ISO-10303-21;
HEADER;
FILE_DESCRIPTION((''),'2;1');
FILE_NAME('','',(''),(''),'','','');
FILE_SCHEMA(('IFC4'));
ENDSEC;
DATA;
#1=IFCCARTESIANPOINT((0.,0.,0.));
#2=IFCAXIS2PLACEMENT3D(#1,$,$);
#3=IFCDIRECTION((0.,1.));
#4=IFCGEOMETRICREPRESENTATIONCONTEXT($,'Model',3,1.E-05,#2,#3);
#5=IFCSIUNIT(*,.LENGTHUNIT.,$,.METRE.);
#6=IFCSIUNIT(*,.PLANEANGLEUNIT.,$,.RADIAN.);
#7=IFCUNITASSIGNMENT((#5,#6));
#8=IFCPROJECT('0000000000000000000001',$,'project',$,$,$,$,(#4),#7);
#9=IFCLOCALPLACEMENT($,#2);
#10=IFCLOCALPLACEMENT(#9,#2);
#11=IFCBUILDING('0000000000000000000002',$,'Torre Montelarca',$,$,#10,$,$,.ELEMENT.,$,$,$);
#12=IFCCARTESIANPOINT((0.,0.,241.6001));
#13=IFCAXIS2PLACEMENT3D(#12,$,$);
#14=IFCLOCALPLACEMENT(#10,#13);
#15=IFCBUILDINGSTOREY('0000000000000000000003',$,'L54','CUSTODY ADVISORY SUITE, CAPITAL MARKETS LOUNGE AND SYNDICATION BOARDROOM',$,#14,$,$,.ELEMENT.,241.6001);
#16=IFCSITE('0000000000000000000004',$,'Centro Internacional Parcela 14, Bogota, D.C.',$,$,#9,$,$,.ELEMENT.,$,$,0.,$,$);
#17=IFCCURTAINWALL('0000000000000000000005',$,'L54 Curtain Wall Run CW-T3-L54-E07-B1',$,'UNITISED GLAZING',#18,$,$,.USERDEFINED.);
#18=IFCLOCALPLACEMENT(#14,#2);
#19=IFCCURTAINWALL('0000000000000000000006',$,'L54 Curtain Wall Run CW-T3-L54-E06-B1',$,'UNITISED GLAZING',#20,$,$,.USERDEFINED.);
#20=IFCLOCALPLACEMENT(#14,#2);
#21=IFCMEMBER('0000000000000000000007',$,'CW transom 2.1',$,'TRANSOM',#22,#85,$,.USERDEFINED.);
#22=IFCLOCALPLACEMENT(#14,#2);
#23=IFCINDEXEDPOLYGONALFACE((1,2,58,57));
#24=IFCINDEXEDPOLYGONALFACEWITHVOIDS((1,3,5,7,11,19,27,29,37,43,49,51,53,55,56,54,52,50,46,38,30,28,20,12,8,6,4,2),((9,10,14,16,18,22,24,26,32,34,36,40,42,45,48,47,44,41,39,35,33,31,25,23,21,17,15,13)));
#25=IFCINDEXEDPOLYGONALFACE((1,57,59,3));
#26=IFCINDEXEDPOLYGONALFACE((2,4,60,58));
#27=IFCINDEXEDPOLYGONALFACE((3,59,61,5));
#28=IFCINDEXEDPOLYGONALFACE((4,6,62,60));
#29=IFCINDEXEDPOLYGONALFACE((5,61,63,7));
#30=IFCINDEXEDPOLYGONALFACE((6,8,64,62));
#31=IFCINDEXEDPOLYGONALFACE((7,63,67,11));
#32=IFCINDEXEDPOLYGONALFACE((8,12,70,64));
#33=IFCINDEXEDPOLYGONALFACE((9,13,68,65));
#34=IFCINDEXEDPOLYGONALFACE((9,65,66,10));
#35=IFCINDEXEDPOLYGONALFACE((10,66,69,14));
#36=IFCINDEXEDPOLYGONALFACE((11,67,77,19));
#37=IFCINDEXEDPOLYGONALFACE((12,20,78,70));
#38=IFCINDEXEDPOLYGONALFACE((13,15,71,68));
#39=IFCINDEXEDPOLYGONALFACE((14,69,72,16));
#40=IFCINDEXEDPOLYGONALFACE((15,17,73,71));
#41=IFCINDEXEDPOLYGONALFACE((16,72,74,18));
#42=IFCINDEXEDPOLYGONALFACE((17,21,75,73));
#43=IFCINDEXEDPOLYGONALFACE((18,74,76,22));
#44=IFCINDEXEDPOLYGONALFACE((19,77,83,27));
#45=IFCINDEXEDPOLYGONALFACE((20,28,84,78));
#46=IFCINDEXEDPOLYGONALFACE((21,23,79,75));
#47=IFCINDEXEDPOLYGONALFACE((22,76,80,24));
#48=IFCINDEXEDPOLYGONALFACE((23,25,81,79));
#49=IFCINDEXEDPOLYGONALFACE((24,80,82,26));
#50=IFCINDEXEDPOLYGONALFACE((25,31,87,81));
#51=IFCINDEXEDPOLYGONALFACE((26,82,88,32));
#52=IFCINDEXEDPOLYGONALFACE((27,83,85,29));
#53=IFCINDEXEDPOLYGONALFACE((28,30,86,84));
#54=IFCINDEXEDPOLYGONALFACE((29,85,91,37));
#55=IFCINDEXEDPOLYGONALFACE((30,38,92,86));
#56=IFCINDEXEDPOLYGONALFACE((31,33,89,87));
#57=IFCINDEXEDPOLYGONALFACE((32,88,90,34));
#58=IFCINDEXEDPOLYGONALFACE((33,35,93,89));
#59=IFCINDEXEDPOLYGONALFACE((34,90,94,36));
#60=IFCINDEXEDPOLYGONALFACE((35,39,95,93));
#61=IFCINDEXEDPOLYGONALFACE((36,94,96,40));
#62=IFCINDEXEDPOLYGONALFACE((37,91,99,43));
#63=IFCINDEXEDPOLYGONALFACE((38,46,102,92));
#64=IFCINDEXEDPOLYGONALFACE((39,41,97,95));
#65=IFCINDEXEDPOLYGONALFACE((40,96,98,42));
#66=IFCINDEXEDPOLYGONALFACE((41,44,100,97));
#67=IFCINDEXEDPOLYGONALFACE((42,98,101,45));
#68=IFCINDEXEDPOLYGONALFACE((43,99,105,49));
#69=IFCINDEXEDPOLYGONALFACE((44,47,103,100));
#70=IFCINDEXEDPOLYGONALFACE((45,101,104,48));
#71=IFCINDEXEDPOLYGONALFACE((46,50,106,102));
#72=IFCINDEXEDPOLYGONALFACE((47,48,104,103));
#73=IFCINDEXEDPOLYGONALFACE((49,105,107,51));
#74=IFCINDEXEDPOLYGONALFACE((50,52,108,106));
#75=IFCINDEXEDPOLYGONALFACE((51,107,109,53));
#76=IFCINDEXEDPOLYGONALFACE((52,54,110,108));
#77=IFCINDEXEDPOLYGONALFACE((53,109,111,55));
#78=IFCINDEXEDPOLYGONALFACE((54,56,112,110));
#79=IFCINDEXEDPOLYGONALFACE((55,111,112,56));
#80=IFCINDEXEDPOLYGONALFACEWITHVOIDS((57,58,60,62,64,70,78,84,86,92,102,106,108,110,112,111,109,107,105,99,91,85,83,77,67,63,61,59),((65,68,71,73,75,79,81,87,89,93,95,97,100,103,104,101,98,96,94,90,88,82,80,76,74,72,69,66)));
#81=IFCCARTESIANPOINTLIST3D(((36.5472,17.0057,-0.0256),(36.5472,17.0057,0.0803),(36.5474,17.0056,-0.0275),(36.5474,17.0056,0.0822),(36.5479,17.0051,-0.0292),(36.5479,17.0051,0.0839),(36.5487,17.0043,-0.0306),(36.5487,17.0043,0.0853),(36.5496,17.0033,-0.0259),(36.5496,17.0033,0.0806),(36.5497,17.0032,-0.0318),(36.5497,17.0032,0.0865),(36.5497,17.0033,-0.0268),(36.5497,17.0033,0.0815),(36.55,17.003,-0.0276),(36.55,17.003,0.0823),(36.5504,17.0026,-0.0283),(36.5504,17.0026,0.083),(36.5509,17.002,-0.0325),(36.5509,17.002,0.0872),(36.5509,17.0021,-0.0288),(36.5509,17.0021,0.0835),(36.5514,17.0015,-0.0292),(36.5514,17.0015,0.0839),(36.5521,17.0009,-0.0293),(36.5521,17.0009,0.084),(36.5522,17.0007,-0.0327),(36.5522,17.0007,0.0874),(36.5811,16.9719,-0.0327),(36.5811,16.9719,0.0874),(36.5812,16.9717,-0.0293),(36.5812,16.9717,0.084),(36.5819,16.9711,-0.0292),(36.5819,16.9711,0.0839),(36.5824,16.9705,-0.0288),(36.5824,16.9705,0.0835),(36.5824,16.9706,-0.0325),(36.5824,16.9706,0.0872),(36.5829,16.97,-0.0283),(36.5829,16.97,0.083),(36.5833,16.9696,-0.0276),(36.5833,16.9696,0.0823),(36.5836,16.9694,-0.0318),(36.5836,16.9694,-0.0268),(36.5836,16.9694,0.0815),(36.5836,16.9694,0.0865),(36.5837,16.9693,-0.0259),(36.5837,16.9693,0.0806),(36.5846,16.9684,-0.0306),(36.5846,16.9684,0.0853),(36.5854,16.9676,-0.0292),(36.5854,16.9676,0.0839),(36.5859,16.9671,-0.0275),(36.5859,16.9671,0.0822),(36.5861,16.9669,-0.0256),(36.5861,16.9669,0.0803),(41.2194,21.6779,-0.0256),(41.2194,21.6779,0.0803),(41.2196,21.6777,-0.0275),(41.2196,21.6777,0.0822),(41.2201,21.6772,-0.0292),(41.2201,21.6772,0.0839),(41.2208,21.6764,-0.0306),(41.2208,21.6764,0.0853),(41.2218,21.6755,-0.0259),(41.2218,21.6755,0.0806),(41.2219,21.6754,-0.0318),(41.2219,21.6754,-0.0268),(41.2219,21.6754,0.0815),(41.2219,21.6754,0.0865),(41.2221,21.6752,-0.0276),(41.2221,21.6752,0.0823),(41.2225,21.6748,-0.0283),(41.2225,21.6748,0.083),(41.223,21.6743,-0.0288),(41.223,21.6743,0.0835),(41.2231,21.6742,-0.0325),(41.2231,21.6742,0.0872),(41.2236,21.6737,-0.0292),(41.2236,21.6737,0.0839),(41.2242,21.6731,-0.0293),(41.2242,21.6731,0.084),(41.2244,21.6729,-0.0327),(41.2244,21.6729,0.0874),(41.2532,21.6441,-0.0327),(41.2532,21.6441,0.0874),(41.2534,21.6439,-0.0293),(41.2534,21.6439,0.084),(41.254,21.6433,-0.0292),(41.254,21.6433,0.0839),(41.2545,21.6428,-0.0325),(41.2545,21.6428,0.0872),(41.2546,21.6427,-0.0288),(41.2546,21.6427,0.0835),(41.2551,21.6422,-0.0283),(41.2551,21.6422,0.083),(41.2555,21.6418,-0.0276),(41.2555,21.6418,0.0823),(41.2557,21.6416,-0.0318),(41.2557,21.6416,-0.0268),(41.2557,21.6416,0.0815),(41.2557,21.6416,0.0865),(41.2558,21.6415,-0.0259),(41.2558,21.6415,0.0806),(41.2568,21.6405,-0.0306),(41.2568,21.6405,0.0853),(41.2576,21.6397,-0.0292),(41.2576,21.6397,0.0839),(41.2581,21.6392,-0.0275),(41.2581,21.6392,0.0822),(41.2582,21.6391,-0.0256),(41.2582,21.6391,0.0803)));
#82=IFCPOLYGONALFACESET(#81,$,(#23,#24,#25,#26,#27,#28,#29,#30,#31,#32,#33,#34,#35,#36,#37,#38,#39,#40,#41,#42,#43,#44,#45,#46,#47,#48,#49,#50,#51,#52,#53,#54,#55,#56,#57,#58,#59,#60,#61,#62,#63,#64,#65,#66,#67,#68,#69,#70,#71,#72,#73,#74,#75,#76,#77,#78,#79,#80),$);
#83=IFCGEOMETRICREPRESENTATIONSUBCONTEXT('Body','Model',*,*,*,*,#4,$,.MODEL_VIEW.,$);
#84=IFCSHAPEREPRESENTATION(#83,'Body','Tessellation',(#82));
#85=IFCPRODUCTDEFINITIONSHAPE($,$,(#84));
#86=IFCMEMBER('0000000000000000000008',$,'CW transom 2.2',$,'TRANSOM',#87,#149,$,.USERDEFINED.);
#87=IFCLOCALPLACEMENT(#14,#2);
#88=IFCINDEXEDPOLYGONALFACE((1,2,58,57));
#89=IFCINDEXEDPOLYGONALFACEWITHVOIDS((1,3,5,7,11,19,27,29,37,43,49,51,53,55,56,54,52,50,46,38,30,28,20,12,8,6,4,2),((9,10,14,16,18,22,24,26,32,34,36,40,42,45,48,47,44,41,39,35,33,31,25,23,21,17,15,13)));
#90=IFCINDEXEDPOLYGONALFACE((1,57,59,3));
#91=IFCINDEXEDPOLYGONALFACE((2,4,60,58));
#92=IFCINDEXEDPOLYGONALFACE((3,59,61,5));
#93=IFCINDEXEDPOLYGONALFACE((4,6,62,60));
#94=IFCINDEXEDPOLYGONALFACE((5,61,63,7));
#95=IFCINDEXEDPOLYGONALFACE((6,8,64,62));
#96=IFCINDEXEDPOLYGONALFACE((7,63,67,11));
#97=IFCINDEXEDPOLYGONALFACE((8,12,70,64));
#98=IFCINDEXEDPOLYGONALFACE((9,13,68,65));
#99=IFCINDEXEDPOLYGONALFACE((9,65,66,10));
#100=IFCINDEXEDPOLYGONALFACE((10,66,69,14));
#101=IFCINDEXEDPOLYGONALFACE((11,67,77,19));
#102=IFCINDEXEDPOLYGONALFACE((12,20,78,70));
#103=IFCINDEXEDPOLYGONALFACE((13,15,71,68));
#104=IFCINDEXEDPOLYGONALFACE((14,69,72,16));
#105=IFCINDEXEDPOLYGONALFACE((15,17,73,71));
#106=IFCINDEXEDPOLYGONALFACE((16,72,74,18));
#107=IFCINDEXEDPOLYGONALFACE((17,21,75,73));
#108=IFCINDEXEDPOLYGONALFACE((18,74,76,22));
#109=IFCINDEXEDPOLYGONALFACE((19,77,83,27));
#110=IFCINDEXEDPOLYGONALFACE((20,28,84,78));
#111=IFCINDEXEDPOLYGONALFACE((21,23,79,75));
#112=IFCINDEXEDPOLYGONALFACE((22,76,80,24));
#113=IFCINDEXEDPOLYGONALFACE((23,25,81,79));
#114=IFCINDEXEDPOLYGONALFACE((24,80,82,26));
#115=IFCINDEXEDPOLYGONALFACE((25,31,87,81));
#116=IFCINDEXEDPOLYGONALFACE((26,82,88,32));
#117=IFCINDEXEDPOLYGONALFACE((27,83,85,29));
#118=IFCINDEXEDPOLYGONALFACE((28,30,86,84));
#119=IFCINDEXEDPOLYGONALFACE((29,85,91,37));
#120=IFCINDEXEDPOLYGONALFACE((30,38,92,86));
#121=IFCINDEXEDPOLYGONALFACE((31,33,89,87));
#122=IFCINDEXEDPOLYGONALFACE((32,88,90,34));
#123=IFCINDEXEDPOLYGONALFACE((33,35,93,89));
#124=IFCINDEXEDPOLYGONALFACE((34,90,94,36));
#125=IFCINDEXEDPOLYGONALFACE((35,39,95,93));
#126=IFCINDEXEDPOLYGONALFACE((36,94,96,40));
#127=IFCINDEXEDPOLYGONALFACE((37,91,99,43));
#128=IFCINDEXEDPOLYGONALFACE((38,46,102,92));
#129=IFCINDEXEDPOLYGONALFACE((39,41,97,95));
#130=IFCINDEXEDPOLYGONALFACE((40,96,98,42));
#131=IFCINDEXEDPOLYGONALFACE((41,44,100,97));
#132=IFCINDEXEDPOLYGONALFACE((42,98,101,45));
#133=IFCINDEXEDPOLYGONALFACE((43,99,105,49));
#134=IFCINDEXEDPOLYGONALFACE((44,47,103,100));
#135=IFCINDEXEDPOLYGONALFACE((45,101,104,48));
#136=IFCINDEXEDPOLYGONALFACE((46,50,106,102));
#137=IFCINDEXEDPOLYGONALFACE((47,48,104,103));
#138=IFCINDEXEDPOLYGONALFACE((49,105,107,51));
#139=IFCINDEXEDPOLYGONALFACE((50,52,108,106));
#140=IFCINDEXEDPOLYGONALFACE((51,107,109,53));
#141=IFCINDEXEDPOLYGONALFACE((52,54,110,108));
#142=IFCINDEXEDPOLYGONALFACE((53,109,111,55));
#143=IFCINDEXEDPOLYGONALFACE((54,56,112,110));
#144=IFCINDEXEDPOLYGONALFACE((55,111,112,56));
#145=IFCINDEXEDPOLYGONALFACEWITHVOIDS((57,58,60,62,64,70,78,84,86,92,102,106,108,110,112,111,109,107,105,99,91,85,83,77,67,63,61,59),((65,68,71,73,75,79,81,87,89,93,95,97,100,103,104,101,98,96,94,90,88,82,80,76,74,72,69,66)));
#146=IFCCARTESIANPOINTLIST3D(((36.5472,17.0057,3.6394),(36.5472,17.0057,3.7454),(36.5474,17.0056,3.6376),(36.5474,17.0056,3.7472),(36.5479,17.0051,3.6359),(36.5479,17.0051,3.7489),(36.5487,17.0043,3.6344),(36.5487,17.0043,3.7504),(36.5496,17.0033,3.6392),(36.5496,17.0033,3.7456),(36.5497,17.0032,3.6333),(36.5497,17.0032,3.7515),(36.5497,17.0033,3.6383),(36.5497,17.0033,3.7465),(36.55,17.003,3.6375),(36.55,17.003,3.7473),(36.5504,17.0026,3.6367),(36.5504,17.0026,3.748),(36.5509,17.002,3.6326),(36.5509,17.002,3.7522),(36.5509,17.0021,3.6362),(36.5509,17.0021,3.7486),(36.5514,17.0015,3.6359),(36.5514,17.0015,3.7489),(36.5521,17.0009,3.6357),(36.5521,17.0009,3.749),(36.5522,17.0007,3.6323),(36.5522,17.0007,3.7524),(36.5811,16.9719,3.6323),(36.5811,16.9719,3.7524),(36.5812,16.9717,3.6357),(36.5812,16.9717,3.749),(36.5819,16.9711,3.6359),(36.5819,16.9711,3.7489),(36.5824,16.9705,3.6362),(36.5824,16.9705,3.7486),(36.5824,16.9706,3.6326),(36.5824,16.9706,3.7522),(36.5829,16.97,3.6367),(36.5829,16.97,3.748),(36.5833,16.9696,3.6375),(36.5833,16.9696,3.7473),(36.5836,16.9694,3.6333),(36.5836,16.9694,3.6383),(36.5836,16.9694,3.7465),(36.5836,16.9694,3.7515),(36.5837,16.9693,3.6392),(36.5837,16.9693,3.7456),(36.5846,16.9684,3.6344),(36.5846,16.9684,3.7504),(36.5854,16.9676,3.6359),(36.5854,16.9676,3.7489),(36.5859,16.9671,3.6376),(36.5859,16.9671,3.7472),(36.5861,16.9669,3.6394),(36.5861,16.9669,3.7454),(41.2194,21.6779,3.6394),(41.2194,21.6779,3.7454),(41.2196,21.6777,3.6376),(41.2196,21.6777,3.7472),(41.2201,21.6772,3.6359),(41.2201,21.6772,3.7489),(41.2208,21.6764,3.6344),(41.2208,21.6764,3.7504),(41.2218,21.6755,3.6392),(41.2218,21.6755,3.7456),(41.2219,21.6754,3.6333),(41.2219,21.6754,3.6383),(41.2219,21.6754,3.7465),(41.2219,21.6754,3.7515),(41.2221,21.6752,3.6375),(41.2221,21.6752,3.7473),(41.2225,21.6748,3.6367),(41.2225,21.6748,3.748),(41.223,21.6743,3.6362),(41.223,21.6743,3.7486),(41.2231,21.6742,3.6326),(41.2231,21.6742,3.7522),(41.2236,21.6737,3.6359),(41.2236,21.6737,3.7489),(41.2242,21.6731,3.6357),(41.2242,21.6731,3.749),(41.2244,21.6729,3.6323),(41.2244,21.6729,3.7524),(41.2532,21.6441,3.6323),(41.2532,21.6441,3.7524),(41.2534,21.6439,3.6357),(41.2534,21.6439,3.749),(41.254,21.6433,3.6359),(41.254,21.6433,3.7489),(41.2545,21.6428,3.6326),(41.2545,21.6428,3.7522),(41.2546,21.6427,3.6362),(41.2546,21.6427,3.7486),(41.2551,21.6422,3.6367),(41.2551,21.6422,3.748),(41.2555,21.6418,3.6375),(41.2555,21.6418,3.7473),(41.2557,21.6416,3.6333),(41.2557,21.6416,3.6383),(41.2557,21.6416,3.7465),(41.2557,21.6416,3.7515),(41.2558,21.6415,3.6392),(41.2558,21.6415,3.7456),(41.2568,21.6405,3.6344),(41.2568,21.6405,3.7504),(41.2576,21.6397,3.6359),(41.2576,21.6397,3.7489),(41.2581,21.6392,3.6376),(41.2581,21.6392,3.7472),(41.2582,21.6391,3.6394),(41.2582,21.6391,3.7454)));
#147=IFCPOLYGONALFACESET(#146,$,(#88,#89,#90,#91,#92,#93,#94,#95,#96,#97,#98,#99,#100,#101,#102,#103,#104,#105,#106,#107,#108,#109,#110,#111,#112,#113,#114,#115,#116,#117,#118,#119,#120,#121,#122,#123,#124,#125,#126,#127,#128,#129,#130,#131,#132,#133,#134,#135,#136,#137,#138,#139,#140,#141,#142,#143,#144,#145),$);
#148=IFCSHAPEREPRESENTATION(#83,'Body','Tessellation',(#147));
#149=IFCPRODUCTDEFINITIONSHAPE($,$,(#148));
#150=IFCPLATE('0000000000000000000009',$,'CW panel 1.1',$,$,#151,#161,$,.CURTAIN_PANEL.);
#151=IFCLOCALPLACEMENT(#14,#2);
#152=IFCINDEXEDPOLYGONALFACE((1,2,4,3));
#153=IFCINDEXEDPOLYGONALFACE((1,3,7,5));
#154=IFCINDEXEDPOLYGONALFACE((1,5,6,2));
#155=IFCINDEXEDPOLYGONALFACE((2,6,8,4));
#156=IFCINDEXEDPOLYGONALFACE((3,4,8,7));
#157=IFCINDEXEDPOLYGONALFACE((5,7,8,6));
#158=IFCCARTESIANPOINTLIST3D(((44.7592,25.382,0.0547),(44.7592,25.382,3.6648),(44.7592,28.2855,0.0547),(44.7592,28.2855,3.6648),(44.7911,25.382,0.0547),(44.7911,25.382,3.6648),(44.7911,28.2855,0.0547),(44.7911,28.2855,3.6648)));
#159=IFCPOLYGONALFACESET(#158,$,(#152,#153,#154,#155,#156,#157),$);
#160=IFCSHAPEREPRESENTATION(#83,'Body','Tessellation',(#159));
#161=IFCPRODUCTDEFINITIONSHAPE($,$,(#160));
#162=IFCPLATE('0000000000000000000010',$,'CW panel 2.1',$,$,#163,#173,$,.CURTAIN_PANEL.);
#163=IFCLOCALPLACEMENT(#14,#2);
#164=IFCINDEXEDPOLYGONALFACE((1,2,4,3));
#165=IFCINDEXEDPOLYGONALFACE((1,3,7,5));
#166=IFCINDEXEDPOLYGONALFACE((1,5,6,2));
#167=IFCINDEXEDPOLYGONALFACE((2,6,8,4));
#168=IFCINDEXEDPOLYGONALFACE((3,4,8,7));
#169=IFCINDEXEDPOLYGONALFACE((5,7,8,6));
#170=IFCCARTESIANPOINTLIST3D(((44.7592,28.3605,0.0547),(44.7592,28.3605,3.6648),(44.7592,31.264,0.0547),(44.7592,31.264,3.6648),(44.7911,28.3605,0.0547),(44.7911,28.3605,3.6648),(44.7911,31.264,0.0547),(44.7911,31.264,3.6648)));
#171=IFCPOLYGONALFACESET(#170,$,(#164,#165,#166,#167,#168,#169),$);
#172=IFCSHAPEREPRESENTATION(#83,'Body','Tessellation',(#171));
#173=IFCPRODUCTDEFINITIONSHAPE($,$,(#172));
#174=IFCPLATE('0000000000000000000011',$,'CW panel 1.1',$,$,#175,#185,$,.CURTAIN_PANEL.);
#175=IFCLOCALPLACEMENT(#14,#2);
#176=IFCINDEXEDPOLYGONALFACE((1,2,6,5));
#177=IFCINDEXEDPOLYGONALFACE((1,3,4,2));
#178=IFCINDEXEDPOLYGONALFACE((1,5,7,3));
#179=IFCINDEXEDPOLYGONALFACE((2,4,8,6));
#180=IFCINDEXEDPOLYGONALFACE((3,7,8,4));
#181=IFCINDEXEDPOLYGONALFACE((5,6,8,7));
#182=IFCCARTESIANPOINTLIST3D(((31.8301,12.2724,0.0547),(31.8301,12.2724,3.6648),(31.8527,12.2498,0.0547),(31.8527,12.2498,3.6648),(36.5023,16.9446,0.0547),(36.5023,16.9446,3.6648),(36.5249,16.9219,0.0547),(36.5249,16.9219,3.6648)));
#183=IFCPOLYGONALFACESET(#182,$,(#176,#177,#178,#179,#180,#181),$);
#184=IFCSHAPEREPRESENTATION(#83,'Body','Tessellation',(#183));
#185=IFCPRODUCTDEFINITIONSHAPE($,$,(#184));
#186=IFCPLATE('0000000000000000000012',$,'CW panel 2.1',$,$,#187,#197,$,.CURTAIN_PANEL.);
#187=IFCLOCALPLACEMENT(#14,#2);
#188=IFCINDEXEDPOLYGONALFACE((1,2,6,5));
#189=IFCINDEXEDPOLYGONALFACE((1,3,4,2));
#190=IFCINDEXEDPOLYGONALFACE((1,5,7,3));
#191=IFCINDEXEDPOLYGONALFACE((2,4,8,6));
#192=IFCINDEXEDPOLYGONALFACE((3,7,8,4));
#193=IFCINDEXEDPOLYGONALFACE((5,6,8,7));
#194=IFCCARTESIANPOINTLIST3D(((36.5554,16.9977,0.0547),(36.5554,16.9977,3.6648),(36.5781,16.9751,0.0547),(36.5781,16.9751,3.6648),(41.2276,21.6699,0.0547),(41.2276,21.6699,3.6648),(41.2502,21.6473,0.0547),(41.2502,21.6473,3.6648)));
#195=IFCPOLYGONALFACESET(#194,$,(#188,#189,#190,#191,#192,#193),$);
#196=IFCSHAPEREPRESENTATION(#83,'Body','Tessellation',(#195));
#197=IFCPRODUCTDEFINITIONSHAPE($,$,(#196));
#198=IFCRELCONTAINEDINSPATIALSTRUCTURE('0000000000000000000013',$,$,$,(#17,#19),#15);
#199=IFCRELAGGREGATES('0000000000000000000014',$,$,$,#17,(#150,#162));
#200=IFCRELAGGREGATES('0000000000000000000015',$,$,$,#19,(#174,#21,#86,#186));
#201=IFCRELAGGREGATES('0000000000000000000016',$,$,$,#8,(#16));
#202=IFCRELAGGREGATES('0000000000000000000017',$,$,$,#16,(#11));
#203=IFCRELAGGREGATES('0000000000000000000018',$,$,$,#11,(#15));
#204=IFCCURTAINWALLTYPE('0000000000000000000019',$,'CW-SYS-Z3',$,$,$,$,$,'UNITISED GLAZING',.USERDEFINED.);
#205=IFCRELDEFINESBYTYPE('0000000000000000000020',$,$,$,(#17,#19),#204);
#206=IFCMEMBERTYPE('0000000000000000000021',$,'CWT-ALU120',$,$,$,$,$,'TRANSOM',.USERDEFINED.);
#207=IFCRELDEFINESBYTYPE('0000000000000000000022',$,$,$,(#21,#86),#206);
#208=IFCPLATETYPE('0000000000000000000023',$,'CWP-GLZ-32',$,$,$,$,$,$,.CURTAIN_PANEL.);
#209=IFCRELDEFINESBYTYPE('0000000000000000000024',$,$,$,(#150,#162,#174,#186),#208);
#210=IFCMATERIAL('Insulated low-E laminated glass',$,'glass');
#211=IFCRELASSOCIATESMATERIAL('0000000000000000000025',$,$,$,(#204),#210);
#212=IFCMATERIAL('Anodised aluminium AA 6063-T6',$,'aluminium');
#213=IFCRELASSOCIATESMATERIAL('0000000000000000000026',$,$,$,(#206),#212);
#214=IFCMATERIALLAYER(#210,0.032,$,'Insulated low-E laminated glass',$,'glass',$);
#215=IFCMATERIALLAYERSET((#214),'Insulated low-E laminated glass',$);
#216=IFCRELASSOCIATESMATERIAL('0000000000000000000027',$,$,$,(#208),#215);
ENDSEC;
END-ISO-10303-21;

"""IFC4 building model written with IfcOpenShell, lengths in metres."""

from ifc_helpers import new_model, si_unit, direction, frame, origin, origin_2d, place, context, subcontext, project, spatial, rectangle, hollow_rectangle, extrude, source, transform, mapped, material, layer, layer_set, material_profile, profile_set, type_object, element, aggregate, save


model = new_model("IFC4")

# Units and contexts
model_context = context("Model", 3, precision=1e-05, world=origin(), true_north=direction((0.0, 1.0)))
body_context = subcontext(model_context, "Body", "Model", "MODEL_VIEW")
ifc_project = project(units=[si_unit("LENGTHUNIT", "METRE"), si_unit("PLANEANGLEUNIT", "RADIAN")], contexts=[model_context])

# Site, building, storey
site_placement = place(None, origin())
site = spatial("IfcSite", under=ifc_project, at=site_placement, Name="Centro Internacional Parcela 14, Bogota, D.C.", CompositionType="ELEMENT", RefElevation=0.0)
building_placement = place(site_placement, origin())
building = spatial("IfcBuilding", under=site, at=building_placement, Name="Torre Montelarca", CompositionType="ELEMENT")
storey_placement = place(building_placement, frame((0.0, 0.0, 241.6001)))
storey = spatial("IfcBuildingStorey", under=building, at=storey_placement, Name="L54", Description="CUSTODY ADVISORY SUITE, CAPITAL MARKETS LOUNGE AND SYNDICATION BOARDROOM", CompositionType="ELEMENT", Elevation=241.6001)

# Curtain wall
ifc_material_1 = material(Name="Insulated low-E laminated glass", Category="glass")
curtain_wall_type = type_object("IfcCurtainWallType", Name="CW-SYS-Z3", ElementType="UNITISED GLAZING", PredefinedType="USERDEFINED", material=ifc_material_1)
curtain_wall_1_placement = place(storey_placement, origin())
curtain_wall_1 = element("IfcCurtainWall", 1, at=curtain_wall_1_placement, inside=storey, type_object=curtain_wall_type, Name="L54 Curtain Wall Run CW-T3-L54-E07-B1", ObjectType="UNITISED GLAZING", PredefinedType="USERDEFINED")
ifc_material_2 = material(Name="Anodised aluminium AA 6063-T6", Category="aluminium")
ifc_material_profile_1 = material_profile(ifc_material_2, hollow_rectangle(XDim=0.0549, YDim=0.1201, WallThickness=0.0034, InnerFilletRadius=0.0034, OuterFilletRadius=0.0071, at=origin_2d()), Name="ALU55X120X3.5", Category="aluminium")
ifc_profile_set_1 = profile_set([ifc_material_profile_1], Name="Anodised aluminium AA 6063-T6")
member_type_1 = type_object("IfcMemberType", Name="CWT-ALU120", ElementType="TRANSOM", PredefinedType="USERDEFINED", material=ifc_profile_set_1)

# Curtain wall
curtain_wall_2_placement = place(storey_placement, origin())
curtain_wall_2 = element("IfcCurtainWall", 2, at=curtain_wall_2_placement, inside=storey, type_object=curtain_wall_type, Name="L54 Curtain Wall Run CW-T3-L54-E06-B1", ObjectType="UNITISED GLAZING", PredefinedType="USERDEFINED")

# Members
shared_shape_1 = source(origin(), body_context, "Body", "SweptSolid", [
    extrude(hollow_rectangle(XDim=0.0549, YDim=0.1201, WallThickness=0.0034, InnerFilletRadius=0.0034, OuterFilletRadius=0.0071, at=origin_2d()), origin(), (0.0, 0.0, 1.0), 6.6074),
])
member_1_placement = place(storey_placement, frame((36.5667, 16.9863, 0.0273), z_axis=(0.707107, 0.707107, 0.0), x_axis=(-0.707107, 0.707107, 0.0)))
member_1 = element("IfcMember", 3, at=member_1_placement, type_object=member_type_1, Name="CW transom 2.1", ObjectType="TRANSOM", PredefinedType="USERDEFINED", context=body_context, shape_type="MappedRepresentation", body=[
    mapped(shared_shape_1, transform((0.0, 0.0, 0.0), scale=1.0)),
])
member_2_placement = place(storey_placement, frame((36.5667, 16.9863, 3.6924), z_axis=(0.707107, 0.707107, 0.0), x_axis=(-0.707107, 0.707107, 0.0)))
member_2 = element("IfcMember", 4, at=member_2_placement, type_object=member_type_1, Name="CW transom 2.2", ObjectType="TRANSOM", PredefinedType="USERDEFINED", context=body_context, shape_type="MappedRepresentation", body=[
    mapped(shared_shape_1, transform((0.0, 0.0, 0.0), scale=1.0)),
])

# Plates
ifc_layer_1 = layer(ifc_material_1, 0.032, Name="Insulated low-E laminated glass", Category="glass")
ifc_layer_set_1 = layer_set([ifc_layer_1], Name="Insulated low-E laminated glass")
plate_type = type_object("IfcPlateType", Name="CWP-GLZ-32", PredefinedType="CURTAIN_PANEL", material=ifc_layer_set_1)
shared_shape_2 = source(origin(), body_context, "Body", "SweptSolid", [
    extrude(rectangle(XDim=2.9036, YDim=0.032, at=origin_2d()), origin(), (0.0, 0.0, 1.0), 3.6101),
])
plate_1_placement = place(storey_placement, frame((44.7751, 26.8337, 0.0547), z_axis=(0.0, 0.0, 1.0), x_axis=(0.0, 1.0, 0.0)))
plate_1 = element("IfcPlate", 5, at=plate_1_placement, type_object=plate_type, Name="CW panel 1.1", PredefinedType="CURTAIN_PANEL", context=body_context, shape_type="MappedRepresentation", body=[
    mapped(shared_shape_2, transform((0.0, 0.0, 0.0), scale=1.0)),
])
plate_2_placement = place(storey_placement, frame((44.7751, 29.8123, 0.0547), z_axis=(0.0, 0.0, 1.0), x_axis=(0.0, 1.0, 0.0)))
plate_2 = element("IfcPlate", 6, at=plate_2_placement, type_object=plate_type, Name="CW panel 2.1", PredefinedType="CURTAIN_PANEL", context=body_context, shape_type="MappedRepresentation", body=[
    mapped(shared_shape_2, transform((0.0, 0.0, 0.0), scale=1.0)),
])
aggregate(curtain_wall_1, [plate_1, plate_2])
shared_shape_3 = source(origin(), body_context, "Body", "SweptSolid", [
    extrude(rectangle(XDim=6.6074, YDim=0.032, at=origin_2d()), origin(), (0.0, 0.0, 1.0), 3.6101),
])
plate_3_placement = place(storey_placement, frame((34.1775, 14.5972, 0.0547), z_axis=(0.0, 0.0, 1.0), x_axis=(0.707107, 0.707107, 0.0)))
plate_3 = element("IfcPlate", 7, at=plate_3_placement, type_object=plate_type, Name="CW panel 1.1", PredefinedType="CURTAIN_PANEL", context=body_context, shape_type="MappedRepresentation", body=[
    mapped(shared_shape_3, transform((0.0, 0.0, 0.0), scale=1.0)),
])
plate_4_placement = place(storey_placement, frame((38.9028, 19.3225, 0.0547), z_axis=(0.0, 0.0, 1.0), x_axis=(0.707107, 0.707107, 0.0)))
plate_4 = element("IfcPlate", 8, at=plate_4_placement, type_object=plate_type, Name="CW panel 2.1", PredefinedType="CURTAIN_PANEL", context=body_context, shape_type="MappedRepresentation", body=[
    mapped(shared_shape_3, transform((0.0, 0.0, 0.0), scale=1.0)),
])
aggregate(curtain_wall_2, [plate_3, member_1, member_2, plate_4])

save(model, "model.ifc")
